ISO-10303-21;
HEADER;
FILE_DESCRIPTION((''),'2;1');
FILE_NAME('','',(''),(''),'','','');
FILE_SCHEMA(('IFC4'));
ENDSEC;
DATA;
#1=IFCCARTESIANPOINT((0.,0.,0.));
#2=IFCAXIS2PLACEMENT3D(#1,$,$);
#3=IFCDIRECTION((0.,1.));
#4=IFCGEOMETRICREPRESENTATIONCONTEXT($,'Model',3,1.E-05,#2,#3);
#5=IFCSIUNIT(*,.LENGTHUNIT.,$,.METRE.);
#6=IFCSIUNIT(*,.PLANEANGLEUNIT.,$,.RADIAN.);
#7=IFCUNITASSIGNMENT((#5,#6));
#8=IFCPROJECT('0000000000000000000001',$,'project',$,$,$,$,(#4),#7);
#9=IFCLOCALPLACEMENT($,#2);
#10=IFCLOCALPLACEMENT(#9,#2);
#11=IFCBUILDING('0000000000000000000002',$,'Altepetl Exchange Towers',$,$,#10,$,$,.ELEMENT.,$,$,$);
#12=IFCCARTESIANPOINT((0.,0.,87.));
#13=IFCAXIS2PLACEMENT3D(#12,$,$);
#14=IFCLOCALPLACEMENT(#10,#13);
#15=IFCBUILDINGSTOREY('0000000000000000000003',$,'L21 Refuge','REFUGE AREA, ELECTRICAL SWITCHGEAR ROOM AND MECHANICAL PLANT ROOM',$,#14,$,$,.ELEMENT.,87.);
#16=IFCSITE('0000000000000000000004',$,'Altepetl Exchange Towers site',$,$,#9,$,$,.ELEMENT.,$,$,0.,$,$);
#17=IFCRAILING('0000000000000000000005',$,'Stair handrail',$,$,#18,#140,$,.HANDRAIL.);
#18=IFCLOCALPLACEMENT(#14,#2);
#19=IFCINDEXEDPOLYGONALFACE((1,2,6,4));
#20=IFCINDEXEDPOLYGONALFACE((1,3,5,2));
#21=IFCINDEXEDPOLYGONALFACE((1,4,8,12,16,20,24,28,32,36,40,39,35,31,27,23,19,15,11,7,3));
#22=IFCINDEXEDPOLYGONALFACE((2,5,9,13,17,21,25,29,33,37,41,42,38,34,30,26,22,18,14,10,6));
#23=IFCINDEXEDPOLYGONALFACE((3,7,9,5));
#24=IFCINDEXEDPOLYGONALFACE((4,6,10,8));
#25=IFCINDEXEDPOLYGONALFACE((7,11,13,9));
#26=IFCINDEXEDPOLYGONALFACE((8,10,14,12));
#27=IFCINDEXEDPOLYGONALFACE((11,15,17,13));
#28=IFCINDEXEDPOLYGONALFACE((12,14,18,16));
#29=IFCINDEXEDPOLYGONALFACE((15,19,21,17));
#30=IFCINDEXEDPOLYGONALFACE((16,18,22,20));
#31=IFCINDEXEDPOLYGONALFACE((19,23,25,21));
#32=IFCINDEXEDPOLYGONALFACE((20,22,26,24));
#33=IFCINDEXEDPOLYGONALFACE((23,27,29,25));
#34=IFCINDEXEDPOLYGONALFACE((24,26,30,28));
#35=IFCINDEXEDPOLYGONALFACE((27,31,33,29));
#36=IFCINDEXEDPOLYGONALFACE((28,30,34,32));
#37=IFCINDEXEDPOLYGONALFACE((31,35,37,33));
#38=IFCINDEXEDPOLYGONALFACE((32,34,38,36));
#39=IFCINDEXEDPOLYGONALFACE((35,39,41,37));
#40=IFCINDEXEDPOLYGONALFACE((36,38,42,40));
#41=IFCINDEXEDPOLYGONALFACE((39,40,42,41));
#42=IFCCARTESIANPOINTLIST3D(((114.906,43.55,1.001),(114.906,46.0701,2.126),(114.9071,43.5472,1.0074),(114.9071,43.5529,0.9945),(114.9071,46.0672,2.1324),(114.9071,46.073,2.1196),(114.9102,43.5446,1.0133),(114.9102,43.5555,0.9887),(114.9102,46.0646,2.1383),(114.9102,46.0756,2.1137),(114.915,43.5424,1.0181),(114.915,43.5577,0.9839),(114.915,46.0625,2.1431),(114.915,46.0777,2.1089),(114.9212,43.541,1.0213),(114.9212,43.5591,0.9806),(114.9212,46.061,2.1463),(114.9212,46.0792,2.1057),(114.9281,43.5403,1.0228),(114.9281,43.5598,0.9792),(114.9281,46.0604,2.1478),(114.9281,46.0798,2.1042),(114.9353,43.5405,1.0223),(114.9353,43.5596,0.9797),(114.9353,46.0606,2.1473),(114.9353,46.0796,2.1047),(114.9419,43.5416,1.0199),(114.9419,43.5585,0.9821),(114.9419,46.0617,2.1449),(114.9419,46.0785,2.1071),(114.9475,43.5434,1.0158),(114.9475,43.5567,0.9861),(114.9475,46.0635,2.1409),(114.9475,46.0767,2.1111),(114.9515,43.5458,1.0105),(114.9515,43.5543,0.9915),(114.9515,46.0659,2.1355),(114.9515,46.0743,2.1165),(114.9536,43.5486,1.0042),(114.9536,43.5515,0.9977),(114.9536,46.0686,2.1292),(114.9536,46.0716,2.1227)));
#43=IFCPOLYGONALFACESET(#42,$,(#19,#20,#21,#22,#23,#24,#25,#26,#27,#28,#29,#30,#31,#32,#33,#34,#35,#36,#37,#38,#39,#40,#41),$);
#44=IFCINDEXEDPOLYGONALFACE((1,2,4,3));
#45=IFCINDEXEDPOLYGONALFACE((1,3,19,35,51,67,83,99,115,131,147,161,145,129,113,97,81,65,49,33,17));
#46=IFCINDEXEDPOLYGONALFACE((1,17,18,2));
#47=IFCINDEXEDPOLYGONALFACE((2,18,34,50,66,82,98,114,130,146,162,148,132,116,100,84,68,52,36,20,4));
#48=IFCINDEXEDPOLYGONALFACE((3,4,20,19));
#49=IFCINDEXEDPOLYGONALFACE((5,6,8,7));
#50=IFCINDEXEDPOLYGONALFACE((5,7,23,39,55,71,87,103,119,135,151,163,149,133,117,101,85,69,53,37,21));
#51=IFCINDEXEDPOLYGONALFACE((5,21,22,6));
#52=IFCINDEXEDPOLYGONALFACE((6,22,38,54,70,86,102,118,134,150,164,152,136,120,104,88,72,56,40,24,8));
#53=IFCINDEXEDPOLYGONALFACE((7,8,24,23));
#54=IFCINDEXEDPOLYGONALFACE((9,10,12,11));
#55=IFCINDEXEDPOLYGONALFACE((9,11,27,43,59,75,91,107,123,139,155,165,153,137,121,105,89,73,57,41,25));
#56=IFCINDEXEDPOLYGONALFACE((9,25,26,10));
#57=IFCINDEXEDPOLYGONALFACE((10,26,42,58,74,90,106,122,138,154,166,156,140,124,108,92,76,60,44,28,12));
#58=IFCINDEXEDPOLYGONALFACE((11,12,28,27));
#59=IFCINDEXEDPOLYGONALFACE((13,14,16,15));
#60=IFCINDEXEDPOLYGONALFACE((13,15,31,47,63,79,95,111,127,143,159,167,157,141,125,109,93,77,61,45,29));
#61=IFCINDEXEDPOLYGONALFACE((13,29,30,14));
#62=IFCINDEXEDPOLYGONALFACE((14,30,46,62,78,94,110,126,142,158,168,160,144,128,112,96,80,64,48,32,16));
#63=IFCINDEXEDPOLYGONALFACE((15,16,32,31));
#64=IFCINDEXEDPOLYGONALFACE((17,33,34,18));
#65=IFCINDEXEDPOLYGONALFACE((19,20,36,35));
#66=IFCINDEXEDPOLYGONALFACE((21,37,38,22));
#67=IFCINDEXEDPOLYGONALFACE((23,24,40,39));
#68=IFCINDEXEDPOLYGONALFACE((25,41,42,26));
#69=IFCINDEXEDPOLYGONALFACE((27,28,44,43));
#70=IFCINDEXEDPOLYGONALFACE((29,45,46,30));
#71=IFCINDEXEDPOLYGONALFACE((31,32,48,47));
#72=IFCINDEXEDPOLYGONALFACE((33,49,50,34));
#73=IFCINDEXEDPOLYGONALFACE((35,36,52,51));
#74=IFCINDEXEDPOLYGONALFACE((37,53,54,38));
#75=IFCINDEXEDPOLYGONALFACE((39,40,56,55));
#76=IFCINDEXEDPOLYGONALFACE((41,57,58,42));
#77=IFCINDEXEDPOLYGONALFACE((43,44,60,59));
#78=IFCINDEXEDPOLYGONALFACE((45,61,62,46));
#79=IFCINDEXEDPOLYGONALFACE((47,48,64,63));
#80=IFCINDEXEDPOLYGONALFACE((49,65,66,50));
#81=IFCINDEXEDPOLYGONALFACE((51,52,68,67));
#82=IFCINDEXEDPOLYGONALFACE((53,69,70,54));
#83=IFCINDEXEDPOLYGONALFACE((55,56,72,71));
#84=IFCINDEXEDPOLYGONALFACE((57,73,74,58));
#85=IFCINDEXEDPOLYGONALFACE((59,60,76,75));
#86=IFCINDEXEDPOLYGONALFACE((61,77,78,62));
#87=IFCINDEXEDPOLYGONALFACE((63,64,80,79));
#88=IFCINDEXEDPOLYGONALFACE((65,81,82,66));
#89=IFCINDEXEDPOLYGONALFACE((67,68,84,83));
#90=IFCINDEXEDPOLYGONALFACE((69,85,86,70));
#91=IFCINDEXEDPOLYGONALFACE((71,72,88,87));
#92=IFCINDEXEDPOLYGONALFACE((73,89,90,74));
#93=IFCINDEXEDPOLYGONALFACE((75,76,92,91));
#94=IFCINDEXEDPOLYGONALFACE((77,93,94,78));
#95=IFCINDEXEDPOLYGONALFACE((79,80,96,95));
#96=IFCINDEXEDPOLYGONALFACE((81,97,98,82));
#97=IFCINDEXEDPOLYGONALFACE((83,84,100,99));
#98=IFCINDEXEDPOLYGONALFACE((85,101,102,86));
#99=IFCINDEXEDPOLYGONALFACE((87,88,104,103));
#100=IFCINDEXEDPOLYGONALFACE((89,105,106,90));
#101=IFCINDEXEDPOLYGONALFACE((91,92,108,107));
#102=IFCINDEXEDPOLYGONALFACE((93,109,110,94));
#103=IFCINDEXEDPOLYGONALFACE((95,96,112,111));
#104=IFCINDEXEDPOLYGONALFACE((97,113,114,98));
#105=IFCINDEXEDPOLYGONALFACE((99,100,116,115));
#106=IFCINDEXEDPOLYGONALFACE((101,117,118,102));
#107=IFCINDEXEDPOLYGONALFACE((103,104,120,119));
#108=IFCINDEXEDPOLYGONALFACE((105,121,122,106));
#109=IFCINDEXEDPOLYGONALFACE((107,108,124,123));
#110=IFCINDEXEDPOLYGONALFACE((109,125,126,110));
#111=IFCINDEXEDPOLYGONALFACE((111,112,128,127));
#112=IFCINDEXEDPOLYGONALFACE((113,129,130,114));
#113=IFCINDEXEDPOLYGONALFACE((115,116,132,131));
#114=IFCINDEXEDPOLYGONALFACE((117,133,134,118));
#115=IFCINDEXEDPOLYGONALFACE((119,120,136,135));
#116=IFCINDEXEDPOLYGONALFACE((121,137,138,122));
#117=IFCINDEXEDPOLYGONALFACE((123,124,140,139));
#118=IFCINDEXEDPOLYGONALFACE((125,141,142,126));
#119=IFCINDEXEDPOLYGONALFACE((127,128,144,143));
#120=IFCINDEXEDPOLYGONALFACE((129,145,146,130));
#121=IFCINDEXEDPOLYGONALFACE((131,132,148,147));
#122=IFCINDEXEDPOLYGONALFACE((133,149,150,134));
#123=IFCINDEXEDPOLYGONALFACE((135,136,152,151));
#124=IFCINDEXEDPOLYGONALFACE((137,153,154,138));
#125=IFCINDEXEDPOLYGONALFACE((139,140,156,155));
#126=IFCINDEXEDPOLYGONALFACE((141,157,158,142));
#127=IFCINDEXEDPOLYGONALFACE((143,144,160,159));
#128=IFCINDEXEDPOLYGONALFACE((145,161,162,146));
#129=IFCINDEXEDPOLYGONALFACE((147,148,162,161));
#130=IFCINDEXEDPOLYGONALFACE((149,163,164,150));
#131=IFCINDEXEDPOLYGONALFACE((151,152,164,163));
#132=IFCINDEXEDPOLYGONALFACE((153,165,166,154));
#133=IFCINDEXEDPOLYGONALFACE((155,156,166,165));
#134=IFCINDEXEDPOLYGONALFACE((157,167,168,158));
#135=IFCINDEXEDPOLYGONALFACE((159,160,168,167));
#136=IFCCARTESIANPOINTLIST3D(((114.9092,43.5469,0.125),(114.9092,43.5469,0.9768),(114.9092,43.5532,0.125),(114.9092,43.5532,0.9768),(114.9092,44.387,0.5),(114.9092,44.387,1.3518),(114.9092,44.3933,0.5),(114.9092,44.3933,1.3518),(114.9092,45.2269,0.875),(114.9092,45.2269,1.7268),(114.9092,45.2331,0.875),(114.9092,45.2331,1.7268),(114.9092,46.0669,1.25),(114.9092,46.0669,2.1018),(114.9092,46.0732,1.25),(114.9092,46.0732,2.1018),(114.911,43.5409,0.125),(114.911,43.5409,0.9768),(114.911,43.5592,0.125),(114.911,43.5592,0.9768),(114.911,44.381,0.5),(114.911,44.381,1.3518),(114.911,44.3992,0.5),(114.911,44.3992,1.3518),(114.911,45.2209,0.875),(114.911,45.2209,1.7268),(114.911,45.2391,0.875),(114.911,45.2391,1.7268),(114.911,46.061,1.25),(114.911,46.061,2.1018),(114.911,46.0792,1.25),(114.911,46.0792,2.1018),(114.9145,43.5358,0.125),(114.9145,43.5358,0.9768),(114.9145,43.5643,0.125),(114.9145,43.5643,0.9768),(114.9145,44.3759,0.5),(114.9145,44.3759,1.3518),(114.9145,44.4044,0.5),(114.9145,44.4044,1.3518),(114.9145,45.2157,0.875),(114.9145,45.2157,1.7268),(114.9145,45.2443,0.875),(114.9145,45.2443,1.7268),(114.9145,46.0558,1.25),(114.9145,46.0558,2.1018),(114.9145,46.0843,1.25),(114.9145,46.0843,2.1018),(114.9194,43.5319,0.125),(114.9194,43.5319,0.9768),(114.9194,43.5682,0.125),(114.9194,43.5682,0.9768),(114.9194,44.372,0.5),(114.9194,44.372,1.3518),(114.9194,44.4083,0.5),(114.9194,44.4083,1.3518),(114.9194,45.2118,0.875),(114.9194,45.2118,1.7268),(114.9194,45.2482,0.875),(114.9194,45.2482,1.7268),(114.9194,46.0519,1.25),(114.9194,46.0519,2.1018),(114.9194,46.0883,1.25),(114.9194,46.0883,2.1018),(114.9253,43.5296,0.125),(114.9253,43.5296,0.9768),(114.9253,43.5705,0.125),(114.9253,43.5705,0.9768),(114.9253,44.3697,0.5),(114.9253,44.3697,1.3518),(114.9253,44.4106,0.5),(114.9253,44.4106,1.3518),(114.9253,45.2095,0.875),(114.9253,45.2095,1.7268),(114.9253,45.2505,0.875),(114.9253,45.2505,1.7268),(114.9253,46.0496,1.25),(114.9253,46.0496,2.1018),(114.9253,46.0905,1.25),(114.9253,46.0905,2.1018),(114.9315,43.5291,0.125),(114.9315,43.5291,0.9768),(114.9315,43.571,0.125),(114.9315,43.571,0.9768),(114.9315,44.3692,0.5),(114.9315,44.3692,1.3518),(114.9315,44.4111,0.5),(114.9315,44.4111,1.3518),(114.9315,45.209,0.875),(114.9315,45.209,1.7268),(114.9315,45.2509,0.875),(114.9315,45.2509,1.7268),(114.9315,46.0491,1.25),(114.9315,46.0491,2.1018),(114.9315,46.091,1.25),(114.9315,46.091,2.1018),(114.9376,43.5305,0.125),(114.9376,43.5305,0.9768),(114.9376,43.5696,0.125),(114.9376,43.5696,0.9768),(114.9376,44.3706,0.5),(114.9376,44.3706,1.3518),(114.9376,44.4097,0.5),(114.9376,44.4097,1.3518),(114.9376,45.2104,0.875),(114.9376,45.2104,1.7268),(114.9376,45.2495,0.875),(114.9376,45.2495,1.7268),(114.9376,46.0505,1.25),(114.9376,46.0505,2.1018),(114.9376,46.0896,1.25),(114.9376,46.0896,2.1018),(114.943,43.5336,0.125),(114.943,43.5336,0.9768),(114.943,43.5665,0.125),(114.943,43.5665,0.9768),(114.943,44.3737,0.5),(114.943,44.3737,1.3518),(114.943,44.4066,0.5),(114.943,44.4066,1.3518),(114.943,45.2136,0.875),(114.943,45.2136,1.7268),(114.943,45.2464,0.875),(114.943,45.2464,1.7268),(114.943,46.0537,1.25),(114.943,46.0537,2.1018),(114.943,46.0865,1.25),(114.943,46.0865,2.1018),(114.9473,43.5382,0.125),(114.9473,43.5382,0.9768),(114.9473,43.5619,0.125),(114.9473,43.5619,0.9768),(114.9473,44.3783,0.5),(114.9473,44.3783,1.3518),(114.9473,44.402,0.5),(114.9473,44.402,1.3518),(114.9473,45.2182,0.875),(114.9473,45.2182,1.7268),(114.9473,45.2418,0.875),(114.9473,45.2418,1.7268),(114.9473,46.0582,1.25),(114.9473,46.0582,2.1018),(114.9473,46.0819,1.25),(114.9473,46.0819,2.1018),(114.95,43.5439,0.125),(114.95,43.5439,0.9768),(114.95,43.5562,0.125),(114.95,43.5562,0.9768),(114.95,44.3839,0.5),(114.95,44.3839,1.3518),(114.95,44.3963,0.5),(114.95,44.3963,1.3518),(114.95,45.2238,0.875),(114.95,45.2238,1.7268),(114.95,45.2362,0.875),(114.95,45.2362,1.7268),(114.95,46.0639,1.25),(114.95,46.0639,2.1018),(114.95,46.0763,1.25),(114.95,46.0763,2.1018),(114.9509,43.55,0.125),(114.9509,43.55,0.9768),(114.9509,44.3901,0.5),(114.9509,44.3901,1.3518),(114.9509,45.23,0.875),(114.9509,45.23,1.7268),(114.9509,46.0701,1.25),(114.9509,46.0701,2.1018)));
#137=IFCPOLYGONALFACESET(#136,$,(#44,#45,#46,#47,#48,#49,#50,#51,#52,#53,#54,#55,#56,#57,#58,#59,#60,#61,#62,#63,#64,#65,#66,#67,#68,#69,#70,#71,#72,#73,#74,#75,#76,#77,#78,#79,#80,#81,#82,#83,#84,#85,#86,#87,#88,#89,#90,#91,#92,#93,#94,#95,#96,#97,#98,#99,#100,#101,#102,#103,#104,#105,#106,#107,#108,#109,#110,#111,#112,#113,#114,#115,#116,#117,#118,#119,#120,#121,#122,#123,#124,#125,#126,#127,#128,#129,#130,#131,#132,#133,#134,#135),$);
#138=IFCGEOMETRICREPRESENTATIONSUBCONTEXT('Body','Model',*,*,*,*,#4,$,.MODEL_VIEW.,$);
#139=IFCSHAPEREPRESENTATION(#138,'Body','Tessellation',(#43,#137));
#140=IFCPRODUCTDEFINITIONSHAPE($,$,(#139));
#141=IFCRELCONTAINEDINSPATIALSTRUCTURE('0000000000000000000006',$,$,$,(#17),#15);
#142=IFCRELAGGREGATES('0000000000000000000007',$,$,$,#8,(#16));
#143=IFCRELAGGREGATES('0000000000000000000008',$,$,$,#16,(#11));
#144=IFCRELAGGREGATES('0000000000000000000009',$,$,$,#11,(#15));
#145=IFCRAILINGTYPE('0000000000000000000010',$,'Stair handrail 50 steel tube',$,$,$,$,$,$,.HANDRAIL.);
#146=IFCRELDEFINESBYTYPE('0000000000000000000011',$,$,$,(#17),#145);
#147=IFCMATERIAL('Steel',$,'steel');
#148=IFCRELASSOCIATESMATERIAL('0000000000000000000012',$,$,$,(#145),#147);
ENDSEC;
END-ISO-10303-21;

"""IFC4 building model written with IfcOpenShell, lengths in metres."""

from ifc_helpers import new_model, si_unit, direction, frame, origin, origin_2d, place, context, subcontext, project, spatial, circle, extrude, source, transform, mapped, material, type_object, element, save


model = new_model("IFC4")

# Units and contexts
model_context = context("Model", 3, precision=1e-05, world=origin(), true_north=direction((0.0, 1.0)))
body_context = subcontext(model_context, "Body", "Model", "MODEL_VIEW")
ifc_project = project(units=[si_unit("LENGTHUNIT", "METRE"), si_unit("PLANEANGLEUNIT", "RADIAN")], contexts=[model_context])

# Site, building, storey
site_placement = place(None, origin())
site = spatial("IfcSite", under=ifc_project, at=site_placement, Name="Altepetl Exchange Towers site", CompositionType="ELEMENT", RefElevation=0.0)
building_placement = place(site_placement, origin())
building = spatial("IfcBuilding", under=site, at=building_placement, Name="Altepetl Exchange Towers", CompositionType="ELEMENT")
storey_placement = place(building_placement, frame((0.0, 0.0, 87.0)))
storey = spatial("IfcBuildingStorey", under=building, at=storey_placement, Name="L21 Refuge", Description="REFUGE AREA, ELECTRICAL SWITCHGEAR ROOM AND MECHANICAL PLANT ROOM", CompositionType="ELEMENT", Elevation=87.0)

# Railing
ifc_material_1 = material(Name="Steel", Category="steel")
railing_type = type_object("IfcRailingType", Name="Stair handrail 50 steel tube", PredefinedType="HANDRAIL", material=ifc_material_1)
shared_shape = source(origin(), body_context, "Body", "SweptSolid", [
    extrude(circle(Radius=0.021, at=origin_2d()), origin(), (0.0, 0.0, 1.0), 0.8518),
])
railing_1_placement = place(storey_placement, frame((114.9299, 43.55, 0.125)))
element("IfcRailing", 1, at=railing_1_placement, inside=storey, type_object=railing_type, Name="Stair handrail", PredefinedType="HANDRAIL", context=body_context, shape_type="SweptSolid", body=[
    extrude(circle(Radius=0.0239, at=origin_2d()), frame((0.0, 0.0, 0.876), z_axis=(0.0, 0.913139, 0.407648), x_axis=(-1.0, 0.0, 0.0)), (0.0, 0.0, 1.0), 2.7598),
    mapped(shared_shape, transform((0.0, 0.0, 0.0))),
    mapped(shared_shape, transform((0.0, 0.8401, 0.375))),
    mapped(shared_shape, transform((0.0, 1.6799, 0.75))),
    mapped(shared_shape, transform((0.0, 2.52, 1.125))),
])

save(model, "model.ifc")
